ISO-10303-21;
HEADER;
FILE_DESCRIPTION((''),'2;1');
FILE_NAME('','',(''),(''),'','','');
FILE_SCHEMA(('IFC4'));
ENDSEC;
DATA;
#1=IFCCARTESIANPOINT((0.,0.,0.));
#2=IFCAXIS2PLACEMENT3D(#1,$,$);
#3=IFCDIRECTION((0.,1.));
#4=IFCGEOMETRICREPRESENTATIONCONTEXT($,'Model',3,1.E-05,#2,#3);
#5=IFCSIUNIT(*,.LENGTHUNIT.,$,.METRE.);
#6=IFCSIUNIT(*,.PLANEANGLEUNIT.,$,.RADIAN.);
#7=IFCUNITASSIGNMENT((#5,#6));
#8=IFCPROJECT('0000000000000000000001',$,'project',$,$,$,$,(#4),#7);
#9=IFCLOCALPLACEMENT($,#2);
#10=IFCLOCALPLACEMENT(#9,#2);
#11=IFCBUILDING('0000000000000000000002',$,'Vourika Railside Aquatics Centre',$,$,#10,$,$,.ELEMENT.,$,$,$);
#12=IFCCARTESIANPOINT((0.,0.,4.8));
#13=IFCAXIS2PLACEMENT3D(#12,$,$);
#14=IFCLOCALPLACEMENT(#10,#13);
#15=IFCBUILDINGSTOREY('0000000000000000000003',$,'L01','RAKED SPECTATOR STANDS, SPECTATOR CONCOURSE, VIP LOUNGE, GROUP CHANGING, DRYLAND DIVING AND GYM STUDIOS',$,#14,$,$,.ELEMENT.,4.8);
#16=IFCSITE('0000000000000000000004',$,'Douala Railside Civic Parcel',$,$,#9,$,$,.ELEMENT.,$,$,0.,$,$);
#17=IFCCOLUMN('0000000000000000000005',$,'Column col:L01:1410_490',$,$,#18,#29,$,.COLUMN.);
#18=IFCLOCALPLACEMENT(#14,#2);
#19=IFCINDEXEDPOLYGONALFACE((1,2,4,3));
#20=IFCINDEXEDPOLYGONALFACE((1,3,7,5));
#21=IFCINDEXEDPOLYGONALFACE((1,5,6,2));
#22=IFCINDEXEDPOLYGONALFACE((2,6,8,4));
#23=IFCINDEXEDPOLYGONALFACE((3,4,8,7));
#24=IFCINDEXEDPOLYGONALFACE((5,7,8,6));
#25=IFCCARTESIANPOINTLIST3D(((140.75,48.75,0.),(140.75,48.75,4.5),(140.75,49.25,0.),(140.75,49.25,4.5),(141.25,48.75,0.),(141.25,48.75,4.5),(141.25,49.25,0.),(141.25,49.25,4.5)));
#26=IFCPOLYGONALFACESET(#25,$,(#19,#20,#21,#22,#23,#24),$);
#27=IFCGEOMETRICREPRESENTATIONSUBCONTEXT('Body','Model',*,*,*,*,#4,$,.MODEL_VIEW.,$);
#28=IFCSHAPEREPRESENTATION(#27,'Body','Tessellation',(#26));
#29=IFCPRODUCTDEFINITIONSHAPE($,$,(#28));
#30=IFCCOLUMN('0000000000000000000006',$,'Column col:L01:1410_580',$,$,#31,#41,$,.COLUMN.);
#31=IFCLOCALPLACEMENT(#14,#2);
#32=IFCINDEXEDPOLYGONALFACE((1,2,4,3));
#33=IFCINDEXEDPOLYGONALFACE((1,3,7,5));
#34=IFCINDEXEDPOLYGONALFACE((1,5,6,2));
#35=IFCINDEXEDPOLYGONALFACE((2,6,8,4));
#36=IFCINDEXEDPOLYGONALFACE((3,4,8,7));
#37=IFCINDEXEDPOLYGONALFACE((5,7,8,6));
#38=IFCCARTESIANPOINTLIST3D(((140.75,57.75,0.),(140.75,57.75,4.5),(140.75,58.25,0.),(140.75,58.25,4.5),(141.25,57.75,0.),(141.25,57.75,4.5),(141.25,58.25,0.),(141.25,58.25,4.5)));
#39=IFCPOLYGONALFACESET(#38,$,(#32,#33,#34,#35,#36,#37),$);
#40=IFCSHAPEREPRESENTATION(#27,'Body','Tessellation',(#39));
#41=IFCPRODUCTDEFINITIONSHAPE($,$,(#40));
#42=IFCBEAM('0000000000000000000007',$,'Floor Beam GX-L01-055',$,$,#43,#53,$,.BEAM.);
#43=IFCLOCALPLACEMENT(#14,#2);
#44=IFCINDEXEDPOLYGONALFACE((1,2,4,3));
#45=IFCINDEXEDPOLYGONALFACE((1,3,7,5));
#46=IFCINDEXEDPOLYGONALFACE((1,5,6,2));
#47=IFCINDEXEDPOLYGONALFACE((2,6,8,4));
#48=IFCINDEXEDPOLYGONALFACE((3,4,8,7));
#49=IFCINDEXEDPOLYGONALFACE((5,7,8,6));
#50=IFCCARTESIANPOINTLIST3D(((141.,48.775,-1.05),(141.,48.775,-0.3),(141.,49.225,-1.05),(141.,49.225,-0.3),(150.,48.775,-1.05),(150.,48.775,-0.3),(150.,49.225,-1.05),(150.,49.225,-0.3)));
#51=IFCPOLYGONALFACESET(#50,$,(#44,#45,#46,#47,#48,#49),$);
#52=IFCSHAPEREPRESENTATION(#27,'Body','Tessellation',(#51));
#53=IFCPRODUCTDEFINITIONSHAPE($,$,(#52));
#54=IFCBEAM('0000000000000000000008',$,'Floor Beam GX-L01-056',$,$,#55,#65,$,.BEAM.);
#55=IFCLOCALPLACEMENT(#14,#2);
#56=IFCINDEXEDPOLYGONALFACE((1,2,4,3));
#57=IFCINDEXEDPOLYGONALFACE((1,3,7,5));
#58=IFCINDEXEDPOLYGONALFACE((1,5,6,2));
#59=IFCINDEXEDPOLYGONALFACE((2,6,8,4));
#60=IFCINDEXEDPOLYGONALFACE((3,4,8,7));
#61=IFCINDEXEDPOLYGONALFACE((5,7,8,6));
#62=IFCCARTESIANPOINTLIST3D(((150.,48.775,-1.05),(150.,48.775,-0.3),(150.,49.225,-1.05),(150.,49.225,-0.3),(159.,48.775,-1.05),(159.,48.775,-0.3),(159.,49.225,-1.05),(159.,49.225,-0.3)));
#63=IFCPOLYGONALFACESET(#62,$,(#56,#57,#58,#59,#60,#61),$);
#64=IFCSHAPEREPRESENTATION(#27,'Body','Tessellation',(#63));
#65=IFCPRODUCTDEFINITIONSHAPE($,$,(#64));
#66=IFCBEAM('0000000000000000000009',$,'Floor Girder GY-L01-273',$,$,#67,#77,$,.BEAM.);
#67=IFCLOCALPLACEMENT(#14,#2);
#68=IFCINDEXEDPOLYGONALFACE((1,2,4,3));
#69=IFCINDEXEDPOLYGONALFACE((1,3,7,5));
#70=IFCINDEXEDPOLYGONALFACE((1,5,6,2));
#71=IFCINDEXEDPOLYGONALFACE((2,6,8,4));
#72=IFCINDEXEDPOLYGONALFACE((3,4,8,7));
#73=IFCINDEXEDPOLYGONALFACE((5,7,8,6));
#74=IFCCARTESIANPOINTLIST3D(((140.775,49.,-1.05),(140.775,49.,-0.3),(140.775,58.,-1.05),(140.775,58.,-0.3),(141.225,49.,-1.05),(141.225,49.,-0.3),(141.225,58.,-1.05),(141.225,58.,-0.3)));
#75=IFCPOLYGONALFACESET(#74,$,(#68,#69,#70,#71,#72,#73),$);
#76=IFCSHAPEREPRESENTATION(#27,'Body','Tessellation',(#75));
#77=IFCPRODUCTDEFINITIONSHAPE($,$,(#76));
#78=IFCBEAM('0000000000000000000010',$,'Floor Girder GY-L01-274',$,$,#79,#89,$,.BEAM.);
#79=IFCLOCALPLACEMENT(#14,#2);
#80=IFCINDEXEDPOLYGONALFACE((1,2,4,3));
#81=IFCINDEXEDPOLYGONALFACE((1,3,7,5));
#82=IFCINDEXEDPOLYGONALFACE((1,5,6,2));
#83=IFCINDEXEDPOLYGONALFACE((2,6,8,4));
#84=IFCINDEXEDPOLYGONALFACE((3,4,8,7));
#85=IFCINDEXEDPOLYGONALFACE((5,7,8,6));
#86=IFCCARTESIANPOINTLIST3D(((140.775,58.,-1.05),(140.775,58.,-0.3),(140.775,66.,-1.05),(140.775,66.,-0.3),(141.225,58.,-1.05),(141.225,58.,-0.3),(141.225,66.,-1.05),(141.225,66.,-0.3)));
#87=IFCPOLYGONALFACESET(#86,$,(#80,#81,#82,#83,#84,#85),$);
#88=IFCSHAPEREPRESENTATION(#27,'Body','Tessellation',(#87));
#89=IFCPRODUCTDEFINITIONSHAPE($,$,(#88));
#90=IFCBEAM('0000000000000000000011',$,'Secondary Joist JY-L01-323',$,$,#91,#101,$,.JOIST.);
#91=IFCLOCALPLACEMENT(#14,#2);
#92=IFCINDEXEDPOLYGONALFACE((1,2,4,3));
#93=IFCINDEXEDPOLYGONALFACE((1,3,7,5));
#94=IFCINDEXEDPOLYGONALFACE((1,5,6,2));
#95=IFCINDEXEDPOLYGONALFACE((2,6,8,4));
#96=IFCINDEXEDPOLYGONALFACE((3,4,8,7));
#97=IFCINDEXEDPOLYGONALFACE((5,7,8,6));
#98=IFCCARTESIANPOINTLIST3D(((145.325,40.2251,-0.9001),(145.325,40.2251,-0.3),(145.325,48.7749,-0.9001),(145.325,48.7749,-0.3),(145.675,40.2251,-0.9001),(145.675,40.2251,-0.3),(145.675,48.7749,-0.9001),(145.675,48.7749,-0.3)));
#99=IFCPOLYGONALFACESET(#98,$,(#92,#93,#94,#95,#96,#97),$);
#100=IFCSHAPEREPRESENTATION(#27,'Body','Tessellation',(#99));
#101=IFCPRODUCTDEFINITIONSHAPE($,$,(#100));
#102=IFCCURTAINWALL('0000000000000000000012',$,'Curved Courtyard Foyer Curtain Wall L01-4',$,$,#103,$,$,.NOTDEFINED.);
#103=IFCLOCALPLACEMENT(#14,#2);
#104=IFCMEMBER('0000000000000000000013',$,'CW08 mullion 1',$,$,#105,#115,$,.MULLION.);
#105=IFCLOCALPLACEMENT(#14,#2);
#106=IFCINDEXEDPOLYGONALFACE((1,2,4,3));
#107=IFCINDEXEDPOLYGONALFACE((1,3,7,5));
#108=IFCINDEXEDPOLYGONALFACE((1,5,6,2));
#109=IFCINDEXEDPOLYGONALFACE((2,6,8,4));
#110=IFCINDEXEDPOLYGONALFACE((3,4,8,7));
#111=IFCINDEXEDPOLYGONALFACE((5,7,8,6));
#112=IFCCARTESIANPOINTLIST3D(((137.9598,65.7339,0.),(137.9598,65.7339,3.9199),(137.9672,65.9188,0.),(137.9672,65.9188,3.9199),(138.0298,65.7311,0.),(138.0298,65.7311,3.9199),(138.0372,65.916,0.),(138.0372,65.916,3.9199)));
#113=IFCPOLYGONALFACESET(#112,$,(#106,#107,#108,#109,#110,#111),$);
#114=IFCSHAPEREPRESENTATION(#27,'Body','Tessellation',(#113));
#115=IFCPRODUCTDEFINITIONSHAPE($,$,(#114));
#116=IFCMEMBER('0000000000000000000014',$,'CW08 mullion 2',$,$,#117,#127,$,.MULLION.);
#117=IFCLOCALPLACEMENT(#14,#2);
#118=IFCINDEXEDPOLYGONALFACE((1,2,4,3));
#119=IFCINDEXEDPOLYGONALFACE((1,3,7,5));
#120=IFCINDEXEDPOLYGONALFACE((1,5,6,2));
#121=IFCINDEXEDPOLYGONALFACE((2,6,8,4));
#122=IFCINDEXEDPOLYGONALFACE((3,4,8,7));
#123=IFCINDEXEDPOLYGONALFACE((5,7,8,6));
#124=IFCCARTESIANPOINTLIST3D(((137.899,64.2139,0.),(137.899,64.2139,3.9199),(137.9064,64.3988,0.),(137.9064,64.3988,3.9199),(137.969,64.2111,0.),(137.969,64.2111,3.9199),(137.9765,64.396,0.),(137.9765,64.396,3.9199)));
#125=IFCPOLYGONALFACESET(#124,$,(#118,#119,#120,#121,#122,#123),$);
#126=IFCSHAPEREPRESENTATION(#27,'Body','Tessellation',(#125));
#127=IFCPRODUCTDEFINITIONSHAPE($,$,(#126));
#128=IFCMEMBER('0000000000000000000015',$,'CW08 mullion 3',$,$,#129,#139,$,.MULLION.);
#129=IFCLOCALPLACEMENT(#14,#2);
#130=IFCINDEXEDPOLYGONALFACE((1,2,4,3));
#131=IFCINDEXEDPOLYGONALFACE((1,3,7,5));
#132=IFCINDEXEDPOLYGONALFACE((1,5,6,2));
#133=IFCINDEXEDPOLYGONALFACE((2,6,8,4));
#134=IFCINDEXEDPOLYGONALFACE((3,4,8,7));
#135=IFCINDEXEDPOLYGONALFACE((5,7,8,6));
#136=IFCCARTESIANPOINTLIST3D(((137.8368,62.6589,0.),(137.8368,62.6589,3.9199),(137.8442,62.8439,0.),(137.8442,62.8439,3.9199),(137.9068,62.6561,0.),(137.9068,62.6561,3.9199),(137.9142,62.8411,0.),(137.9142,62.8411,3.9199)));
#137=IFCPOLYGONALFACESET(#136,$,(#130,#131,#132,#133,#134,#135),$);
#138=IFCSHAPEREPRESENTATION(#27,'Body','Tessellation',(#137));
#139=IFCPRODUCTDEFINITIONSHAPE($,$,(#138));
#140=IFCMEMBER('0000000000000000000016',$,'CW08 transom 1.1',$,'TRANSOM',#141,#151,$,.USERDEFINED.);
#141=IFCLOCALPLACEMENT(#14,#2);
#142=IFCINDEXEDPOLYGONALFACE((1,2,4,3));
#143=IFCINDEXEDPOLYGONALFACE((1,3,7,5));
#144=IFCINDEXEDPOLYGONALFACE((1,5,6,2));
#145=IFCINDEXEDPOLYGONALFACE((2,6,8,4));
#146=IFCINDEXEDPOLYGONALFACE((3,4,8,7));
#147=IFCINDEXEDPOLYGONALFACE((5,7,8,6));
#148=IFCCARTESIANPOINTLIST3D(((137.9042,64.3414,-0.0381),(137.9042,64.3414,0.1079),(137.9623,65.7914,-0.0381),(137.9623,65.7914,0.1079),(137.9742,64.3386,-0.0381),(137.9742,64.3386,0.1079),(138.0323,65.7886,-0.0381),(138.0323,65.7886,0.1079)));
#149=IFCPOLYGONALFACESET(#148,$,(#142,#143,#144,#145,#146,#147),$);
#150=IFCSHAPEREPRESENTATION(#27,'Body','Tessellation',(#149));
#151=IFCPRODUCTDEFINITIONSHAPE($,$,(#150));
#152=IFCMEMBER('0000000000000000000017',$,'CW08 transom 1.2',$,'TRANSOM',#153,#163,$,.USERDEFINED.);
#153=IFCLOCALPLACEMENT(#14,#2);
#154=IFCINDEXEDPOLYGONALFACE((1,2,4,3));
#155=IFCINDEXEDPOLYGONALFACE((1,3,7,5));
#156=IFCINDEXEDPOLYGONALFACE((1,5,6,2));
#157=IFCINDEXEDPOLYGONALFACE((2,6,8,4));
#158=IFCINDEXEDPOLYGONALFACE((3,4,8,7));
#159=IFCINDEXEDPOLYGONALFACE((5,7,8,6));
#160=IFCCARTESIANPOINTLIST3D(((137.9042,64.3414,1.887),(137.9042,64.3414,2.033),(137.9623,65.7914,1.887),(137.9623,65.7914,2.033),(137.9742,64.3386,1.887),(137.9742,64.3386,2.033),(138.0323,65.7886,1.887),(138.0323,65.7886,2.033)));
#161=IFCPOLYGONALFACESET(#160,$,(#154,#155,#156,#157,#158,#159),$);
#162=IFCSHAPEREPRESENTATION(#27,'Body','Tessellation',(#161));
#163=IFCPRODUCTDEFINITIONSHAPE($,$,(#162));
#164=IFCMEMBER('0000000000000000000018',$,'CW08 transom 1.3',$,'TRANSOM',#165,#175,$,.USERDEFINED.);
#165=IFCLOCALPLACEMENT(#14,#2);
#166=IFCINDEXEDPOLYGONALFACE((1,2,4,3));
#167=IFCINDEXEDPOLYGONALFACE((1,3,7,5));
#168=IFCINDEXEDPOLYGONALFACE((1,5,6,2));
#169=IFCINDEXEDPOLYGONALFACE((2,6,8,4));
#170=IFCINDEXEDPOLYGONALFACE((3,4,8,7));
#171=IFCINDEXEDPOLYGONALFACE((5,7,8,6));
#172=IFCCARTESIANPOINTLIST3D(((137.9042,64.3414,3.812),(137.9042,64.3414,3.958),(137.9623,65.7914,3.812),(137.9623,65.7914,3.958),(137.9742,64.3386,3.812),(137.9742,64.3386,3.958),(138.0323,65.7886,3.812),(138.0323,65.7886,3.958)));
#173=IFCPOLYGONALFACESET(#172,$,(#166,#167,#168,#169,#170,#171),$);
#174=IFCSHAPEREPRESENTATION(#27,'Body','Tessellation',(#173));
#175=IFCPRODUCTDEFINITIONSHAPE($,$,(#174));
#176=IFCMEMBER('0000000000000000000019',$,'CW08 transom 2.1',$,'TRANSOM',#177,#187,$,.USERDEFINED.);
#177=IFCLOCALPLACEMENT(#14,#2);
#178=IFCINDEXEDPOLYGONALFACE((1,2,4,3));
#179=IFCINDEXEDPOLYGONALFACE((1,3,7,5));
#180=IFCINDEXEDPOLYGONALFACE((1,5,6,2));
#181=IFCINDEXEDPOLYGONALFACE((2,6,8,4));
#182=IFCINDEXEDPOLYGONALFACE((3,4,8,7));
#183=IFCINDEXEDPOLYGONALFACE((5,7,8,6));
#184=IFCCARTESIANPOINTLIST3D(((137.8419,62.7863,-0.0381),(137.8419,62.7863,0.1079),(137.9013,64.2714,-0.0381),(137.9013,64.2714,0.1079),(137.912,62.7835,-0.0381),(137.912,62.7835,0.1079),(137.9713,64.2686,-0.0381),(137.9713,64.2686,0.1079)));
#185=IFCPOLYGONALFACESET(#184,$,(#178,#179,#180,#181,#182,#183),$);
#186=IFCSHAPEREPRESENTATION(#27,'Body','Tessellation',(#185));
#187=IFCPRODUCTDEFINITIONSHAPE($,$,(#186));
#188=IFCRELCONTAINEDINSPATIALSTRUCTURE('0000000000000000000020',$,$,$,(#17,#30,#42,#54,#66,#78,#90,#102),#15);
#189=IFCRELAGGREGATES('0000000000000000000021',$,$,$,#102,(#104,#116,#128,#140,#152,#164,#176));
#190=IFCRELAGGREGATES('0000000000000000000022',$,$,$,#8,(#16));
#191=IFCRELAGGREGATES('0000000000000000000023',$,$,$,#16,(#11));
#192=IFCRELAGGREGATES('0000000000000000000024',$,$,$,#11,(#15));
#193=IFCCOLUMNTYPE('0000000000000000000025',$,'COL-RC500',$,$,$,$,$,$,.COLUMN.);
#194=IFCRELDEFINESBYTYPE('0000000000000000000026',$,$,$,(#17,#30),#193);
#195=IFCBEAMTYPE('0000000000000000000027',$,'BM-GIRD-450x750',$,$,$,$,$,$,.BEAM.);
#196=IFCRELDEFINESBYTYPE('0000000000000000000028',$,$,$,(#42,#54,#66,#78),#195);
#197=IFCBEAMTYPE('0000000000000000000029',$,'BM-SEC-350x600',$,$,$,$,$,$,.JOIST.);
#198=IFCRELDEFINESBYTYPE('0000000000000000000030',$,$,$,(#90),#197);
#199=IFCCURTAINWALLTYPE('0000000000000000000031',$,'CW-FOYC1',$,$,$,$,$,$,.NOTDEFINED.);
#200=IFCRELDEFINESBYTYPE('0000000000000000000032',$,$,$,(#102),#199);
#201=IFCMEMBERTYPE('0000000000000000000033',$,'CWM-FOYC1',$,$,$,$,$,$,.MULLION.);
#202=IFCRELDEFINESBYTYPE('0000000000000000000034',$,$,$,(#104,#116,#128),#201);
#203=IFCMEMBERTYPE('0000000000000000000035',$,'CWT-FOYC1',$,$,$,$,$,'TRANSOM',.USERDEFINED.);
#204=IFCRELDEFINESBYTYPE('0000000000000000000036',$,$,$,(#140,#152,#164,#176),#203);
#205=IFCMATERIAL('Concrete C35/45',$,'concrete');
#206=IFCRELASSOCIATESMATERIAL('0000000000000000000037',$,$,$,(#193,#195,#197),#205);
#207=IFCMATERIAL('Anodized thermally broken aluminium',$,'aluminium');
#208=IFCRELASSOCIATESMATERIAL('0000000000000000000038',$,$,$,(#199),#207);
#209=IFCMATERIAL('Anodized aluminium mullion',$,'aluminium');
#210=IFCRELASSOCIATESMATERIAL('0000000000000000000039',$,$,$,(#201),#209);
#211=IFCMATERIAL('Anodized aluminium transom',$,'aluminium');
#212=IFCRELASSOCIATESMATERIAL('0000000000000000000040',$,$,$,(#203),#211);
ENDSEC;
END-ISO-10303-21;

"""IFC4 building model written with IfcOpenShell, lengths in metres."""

from ifc_helpers import new_model, si_unit, direction, frame, origin, origin_2d, place, context, subcontext, project, spatial, rectangle, extrude, material, material_profile, profile_set, type_object, element, aggregate, save


model = new_model("IFC4")

# Units and contexts
model_context = context("Model", 3, precision=1e-05, world=origin(), true_north=direction((0.0, 1.0)))
body_context = subcontext(model_context, "Body", "Model", "MODEL_VIEW")
ifc_project = project(units=[si_unit("LENGTHUNIT", "METRE"), si_unit("PLANEANGLEUNIT", "RADIAN")], contexts=[model_context])

# Site, building, storey
site_placement = place(None, origin())
site = spatial("IfcSite", under=ifc_project, at=site_placement, Name="Douala Railside Civic Parcel", CompositionType="ELEMENT", RefElevation=0.0)
building_placement = place(site_placement, origin())
building = spatial("IfcBuilding", under=site, at=building_placement, Name="Vourika Railside Aquatics Centre", CompositionType="ELEMENT")
storey_placement = place(building_placement, frame((0.0, 0.0, 4.8)))
storey = spatial("IfcBuildingStorey", under=building, at=storey_placement, Name="L01", Description="RAKED SPECTATOR STANDS, SPECTATOR CONCOURSE, VIP LOUNGE, GROUP CHANGING, DRYLAND DIVING AND GYM STUDIOS", CompositionType="ELEMENT", Elevation=4.8)

# Columns
ifc_material_1 = material(Name="Concrete C35/45", Category="concrete")
ifc_material_profile_1 = material_profile(ifc_material_1, rectangle(XDim=0.5, YDim=0.5, at=origin_2d()), Name="RC 500x500")
ifc_profile_set_1 = profile_set([ifc_material_profile_1], Name="Concrete C35/45")
column_type = type_object("IfcColumnType", Name="COL-RC500", PredefinedType="COLUMN", material=ifc_profile_set_1)
for number, where, z_axis, x_axis, name in (
    (1, (141.0, 49.0, 0.0), (0.0, 0.0, 1.0), (1.0, 0.0, 0.0), "Column col:L01:1410_490"),
    (2, (141.0, 58.0, 0.0), (0.0, 0.0, 1.0), (1.0, 0.0, 0.0), "Column col:L01:1410_580"),
):
    element("IfcColumn", number, at=place(storey_placement, frame(where, z_axis=z_axis, x_axis=x_axis)), inside=storey, type_object=column_type, Name=name, PredefinedType="COLUMN", context=body_context, shape_type="SweptSolid", body=[
        extrude(rectangle(XDim=0.5, YDim=0.5, at=origin_2d()), origin(), (0.0, 0.0, 1.0), 4.5),
    ])

# Beams
ifc_material_profile_2 = material_profile(ifc_material_1, rectangle(XDim=0.45, YDim=0.75, at=origin_2d()), Name="RC 450x750")
ifc_profile_set_2 = profile_set([ifc_material_profile_2], Name="Concrete C35/45")
beam_type_1 = type_object("IfcBeamType", Name="BM-GIRD-450x750", PredefinedType="BEAM", material=ifc_profile_set_2)
for number, where, z_axis, x_axis, name in (
    (3, (141.0, 49.0, -0.675), (1.0, 0.0, 0.0), (0.0, 1.0, 0.0), "Floor Beam GX-L01-055"),
    (4, (150.0, 49.0, -0.675), (1.0, 0.0, 0.0), (0.0, 1.0, 0.0), "Floor Beam GX-L01-056"),
    (5, (141.0, 49.0, -0.675), (0.0, 1.0, 0.0), (-1.0, 0.0, 0.0), "Floor Girder GY-L01-273"),
):
    element("IfcBeam", number, at=place(storey_placement, frame(where, z_axis=z_axis, x_axis=x_axis)), inside=storey, type_object=beam_type_1, Name=name, PredefinedType="BEAM", context=body_context, shape_type="SweptSolid", body=[
        extrude(rectangle(XDim=0.45, YDim=0.75, at=origin_2d()), origin(), (0.0, 0.0, 1.0), 9.0),
    ])
beam_1_placement = place(storey_placement, frame((141.0, 58.0, -0.675), z_axis=(0.0, 1.0, 0.0), x_axis=(-1.0, 0.0, 0.0)))
element("IfcBeam", 6, at=beam_1_placement, inside=storey, type_object=beam_type_1, Name="Floor Girder GY-L01-274", PredefinedType="BEAM", context=body_context, shape_type="SweptSolid", body=[
    extrude(rectangle(XDim=0.45, YDim=0.75, at=origin_2d()), origin(), (0.0, 0.0, 1.0), 8.0),
])
ifc_material_profile_3 = material_profile(ifc_material_1, rectangle(XDim=0.3501, YDim=0.6001, at=origin_2d()), Name="RC 350x600")
ifc_profile_set_3 = profile_set([ifc_material_profile_3], Name="Concrete C35/45")
beam_type_2 = type_object("IfcBeamType", Name="BM-SEC-350x600", PredefinedType="JOIST", material=ifc_profile_set_3)
beam_2_placement = place(storey_placement, frame((145.5, 40.2251, -0.6001), z_axis=(0.0, 1.0, 0.0), x_axis=(-1.0, 0.0, 0.0)))
element("IfcBeam", 7, at=beam_2_placement, inside=storey, type_object=beam_type_2, Name="Secondary Joist JY-L01-323", PredefinedType="JOIST", context=body_context, shape_type="SweptSolid", body=[
    extrude(rectangle(XDim=0.3501, YDim=0.6001, at=origin_2d()), origin(), (0.0, 0.0, 1.0), 8.5498),
])

# Curtain wall, members
ifc_material_2 = material(Name="Anodized thermally broken aluminium", Category="aluminium")
curtain_wall_type = type_object("IfcCurtainWallType", Name="CW-FOYC1", PredefinedType="NOTDEFINED", material=ifc_material_2)
curtain_wall_placement = place(storey_placement, origin())
curtain_wall = element("IfcCurtainWall", 8, at=curtain_wall_placement, inside=storey, type_object=curtain_wall_type, Name="Curved Courtyard Foyer Curtain Wall L01-4", PredefinedType="NOTDEFINED")
ifc_material_3 = material(Name="Anodized aluminium mullion", Category="aluminium")
ifc_material_profile_4 = material_profile(ifc_material_3, rectangle(XDim=0.0701, YDim=0.1851, at=origin_2d()), Name="ALU-M 70x185")
ifc_profile_set_4 = profile_set([ifc_material_profile_4], Name="Anodized aluminium mullion")
member_type_1 = type_object("IfcMemberType", Name="CWM-FOYC1", PredefinedType="MULLION", material=ifc_profile_set_4)
member_1_placement = place(storey_placement, frame((137.9985, 65.825, 0.0), z_axis=(0.0, 0.0, 1.0), x_axis=(0.9992, -0.04, 0.0)))
member_1 = element("IfcMember", 9, at=member_1_placement, type_object=member_type_1, Name="CW08 mullion 1", PredefinedType="MULLION", context=body_context, shape_type="SweptSolid", body=[
    extrude(rectangle(XDim=0.0701, YDim=0.1851, at=origin_2d()), origin(), (0.0, 0.0, 1.0), 3.9199),
])
member_2_placement = place(storey_placement, frame((137.9377, 64.3049, 0.0), z_axis=(0.0, 0.0, 1.0), x_axis=(0.9992, -0.04, 0.0)))
member_2 = element("IfcMember", 10, at=member_2_placement, type_object=member_type_1, Name="CW08 mullion 2", PredefinedType="MULLION", context=body_context, shape_type="SweptSolid", body=[
    extrude(rectangle(XDim=0.0701, YDim=0.1851, at=origin_2d()), origin(), (0.0, 0.0, 1.0), 3.9199),
])
member_3_placement = place(storey_placement, frame((137.8755, 62.75, 0.0), z_axis=(0.0, 0.0, 1.0), x_axis=(0.9992, -0.04, 0.0)))
member_3 = element("IfcMember", 11, at=member_3_placement, type_object=member_type_1, Name="CW08 mullion 3", PredefinedType="MULLION", context=body_context, shape_type="SweptSolid", body=[
    extrude(rectangle(XDim=0.0701, YDim=0.1851, at=origin_2d()), origin(), (0.0, 0.0, 1.0), 3.9199),
])
ifc_material_4 = material(Name="Anodized aluminium transom", Category="aluminium")
ifc_material_profile_5 = material_profile(ifc_material_4, rectangle(XDim=0.0701, YDim=0.146, at=origin_2d()), Name="ALU-T 70x146")
ifc_profile_set_5 = profile_set([ifc_material_profile_5], Name="Anodized aluminium transom")
member_type_2 = type_object("IfcMemberType", Name="CWT-FOYC1", ElementType="TRANSOM", PredefinedType="USERDEFINED", material=ifc_profile_set_5)
member_4_placement = place(storey_placement, frame((137.9973, 65.79, 0.0349), z_axis=(-0.040042, -0.999198, 0.0), x_axis=(0.999198, -0.040042, 0.0)))
member_4 = element("IfcMember", 12, at=member_4_placement, type_object=member_type_2, Name="CW08 transom 1.1", ObjectType="TRANSOM", PredefinedType="USERDEFINED", context=body_context, shape_type="SweptSolid", body=[
    extrude(rectangle(XDim=0.0701, YDim=0.146, at=origin_2d()), origin(), (0.0, 0.0, 1.0), 1.4512),
])
member_5_placement = place(storey_placement, frame((137.9973, 65.79, 1.96), z_axis=(-0.040042, -0.999198, 0.0), x_axis=(0.999198, -0.040042, 0.0)))
member_5 = element("IfcMember", 13, at=member_5_placement, type_object=member_type_2, Name="CW08 transom 1.2", ObjectType="TRANSOM", PredefinedType="USERDEFINED", context=body_context, shape_type="SweptSolid", body=[
    extrude(rectangle(XDim=0.0701, YDim=0.146, at=origin_2d()), origin(), (0.0, 0.0, 1.0), 1.4512),
])
member_6_placement = place(storey_placement, frame((137.9973, 65.79, 3.885), z_axis=(-0.040042, -0.999198, 0.0), x_axis=(0.999198, -0.040042, 0.0)))
member_6 = element("IfcMember", 14, at=member_6_placement, type_object=member_type_2, Name="CW08 transom 1.3", ObjectType="TRANSOM", PredefinedType="USERDEFINED", context=body_context, shape_type="SweptSolid", body=[
    extrude(rectangle(XDim=0.0701, YDim=0.146, at=origin_2d()), origin(), (0.0, 0.0, 1.0), 1.4512),
])
member_7_placement = place(storey_placement, frame((137.9363, 64.27, 0.0349), z_axis=(-0.039916, -0.999203, 0.0), x_axis=(0.999203, -0.039916, 0.0)))
member_7 = element("IfcMember", 15, at=member_7_placement, type_object=member_type_2, Name="CW08 transom 2.1", ObjectType="TRANSOM", PredefinedType="USERDEFINED", context=body_context, shape_type="SweptSolid", body=[
    extrude(rectangle(XDim=0.0701, YDim=0.146, at=origin_2d()), origin(), (0.0, 0.0, 1.0), 1.4863),
])
aggregate(curtain_wall, [member_1, member_2, member_3, member_4, member_5, member_6, member_7])

save(model, "model.ifc")
